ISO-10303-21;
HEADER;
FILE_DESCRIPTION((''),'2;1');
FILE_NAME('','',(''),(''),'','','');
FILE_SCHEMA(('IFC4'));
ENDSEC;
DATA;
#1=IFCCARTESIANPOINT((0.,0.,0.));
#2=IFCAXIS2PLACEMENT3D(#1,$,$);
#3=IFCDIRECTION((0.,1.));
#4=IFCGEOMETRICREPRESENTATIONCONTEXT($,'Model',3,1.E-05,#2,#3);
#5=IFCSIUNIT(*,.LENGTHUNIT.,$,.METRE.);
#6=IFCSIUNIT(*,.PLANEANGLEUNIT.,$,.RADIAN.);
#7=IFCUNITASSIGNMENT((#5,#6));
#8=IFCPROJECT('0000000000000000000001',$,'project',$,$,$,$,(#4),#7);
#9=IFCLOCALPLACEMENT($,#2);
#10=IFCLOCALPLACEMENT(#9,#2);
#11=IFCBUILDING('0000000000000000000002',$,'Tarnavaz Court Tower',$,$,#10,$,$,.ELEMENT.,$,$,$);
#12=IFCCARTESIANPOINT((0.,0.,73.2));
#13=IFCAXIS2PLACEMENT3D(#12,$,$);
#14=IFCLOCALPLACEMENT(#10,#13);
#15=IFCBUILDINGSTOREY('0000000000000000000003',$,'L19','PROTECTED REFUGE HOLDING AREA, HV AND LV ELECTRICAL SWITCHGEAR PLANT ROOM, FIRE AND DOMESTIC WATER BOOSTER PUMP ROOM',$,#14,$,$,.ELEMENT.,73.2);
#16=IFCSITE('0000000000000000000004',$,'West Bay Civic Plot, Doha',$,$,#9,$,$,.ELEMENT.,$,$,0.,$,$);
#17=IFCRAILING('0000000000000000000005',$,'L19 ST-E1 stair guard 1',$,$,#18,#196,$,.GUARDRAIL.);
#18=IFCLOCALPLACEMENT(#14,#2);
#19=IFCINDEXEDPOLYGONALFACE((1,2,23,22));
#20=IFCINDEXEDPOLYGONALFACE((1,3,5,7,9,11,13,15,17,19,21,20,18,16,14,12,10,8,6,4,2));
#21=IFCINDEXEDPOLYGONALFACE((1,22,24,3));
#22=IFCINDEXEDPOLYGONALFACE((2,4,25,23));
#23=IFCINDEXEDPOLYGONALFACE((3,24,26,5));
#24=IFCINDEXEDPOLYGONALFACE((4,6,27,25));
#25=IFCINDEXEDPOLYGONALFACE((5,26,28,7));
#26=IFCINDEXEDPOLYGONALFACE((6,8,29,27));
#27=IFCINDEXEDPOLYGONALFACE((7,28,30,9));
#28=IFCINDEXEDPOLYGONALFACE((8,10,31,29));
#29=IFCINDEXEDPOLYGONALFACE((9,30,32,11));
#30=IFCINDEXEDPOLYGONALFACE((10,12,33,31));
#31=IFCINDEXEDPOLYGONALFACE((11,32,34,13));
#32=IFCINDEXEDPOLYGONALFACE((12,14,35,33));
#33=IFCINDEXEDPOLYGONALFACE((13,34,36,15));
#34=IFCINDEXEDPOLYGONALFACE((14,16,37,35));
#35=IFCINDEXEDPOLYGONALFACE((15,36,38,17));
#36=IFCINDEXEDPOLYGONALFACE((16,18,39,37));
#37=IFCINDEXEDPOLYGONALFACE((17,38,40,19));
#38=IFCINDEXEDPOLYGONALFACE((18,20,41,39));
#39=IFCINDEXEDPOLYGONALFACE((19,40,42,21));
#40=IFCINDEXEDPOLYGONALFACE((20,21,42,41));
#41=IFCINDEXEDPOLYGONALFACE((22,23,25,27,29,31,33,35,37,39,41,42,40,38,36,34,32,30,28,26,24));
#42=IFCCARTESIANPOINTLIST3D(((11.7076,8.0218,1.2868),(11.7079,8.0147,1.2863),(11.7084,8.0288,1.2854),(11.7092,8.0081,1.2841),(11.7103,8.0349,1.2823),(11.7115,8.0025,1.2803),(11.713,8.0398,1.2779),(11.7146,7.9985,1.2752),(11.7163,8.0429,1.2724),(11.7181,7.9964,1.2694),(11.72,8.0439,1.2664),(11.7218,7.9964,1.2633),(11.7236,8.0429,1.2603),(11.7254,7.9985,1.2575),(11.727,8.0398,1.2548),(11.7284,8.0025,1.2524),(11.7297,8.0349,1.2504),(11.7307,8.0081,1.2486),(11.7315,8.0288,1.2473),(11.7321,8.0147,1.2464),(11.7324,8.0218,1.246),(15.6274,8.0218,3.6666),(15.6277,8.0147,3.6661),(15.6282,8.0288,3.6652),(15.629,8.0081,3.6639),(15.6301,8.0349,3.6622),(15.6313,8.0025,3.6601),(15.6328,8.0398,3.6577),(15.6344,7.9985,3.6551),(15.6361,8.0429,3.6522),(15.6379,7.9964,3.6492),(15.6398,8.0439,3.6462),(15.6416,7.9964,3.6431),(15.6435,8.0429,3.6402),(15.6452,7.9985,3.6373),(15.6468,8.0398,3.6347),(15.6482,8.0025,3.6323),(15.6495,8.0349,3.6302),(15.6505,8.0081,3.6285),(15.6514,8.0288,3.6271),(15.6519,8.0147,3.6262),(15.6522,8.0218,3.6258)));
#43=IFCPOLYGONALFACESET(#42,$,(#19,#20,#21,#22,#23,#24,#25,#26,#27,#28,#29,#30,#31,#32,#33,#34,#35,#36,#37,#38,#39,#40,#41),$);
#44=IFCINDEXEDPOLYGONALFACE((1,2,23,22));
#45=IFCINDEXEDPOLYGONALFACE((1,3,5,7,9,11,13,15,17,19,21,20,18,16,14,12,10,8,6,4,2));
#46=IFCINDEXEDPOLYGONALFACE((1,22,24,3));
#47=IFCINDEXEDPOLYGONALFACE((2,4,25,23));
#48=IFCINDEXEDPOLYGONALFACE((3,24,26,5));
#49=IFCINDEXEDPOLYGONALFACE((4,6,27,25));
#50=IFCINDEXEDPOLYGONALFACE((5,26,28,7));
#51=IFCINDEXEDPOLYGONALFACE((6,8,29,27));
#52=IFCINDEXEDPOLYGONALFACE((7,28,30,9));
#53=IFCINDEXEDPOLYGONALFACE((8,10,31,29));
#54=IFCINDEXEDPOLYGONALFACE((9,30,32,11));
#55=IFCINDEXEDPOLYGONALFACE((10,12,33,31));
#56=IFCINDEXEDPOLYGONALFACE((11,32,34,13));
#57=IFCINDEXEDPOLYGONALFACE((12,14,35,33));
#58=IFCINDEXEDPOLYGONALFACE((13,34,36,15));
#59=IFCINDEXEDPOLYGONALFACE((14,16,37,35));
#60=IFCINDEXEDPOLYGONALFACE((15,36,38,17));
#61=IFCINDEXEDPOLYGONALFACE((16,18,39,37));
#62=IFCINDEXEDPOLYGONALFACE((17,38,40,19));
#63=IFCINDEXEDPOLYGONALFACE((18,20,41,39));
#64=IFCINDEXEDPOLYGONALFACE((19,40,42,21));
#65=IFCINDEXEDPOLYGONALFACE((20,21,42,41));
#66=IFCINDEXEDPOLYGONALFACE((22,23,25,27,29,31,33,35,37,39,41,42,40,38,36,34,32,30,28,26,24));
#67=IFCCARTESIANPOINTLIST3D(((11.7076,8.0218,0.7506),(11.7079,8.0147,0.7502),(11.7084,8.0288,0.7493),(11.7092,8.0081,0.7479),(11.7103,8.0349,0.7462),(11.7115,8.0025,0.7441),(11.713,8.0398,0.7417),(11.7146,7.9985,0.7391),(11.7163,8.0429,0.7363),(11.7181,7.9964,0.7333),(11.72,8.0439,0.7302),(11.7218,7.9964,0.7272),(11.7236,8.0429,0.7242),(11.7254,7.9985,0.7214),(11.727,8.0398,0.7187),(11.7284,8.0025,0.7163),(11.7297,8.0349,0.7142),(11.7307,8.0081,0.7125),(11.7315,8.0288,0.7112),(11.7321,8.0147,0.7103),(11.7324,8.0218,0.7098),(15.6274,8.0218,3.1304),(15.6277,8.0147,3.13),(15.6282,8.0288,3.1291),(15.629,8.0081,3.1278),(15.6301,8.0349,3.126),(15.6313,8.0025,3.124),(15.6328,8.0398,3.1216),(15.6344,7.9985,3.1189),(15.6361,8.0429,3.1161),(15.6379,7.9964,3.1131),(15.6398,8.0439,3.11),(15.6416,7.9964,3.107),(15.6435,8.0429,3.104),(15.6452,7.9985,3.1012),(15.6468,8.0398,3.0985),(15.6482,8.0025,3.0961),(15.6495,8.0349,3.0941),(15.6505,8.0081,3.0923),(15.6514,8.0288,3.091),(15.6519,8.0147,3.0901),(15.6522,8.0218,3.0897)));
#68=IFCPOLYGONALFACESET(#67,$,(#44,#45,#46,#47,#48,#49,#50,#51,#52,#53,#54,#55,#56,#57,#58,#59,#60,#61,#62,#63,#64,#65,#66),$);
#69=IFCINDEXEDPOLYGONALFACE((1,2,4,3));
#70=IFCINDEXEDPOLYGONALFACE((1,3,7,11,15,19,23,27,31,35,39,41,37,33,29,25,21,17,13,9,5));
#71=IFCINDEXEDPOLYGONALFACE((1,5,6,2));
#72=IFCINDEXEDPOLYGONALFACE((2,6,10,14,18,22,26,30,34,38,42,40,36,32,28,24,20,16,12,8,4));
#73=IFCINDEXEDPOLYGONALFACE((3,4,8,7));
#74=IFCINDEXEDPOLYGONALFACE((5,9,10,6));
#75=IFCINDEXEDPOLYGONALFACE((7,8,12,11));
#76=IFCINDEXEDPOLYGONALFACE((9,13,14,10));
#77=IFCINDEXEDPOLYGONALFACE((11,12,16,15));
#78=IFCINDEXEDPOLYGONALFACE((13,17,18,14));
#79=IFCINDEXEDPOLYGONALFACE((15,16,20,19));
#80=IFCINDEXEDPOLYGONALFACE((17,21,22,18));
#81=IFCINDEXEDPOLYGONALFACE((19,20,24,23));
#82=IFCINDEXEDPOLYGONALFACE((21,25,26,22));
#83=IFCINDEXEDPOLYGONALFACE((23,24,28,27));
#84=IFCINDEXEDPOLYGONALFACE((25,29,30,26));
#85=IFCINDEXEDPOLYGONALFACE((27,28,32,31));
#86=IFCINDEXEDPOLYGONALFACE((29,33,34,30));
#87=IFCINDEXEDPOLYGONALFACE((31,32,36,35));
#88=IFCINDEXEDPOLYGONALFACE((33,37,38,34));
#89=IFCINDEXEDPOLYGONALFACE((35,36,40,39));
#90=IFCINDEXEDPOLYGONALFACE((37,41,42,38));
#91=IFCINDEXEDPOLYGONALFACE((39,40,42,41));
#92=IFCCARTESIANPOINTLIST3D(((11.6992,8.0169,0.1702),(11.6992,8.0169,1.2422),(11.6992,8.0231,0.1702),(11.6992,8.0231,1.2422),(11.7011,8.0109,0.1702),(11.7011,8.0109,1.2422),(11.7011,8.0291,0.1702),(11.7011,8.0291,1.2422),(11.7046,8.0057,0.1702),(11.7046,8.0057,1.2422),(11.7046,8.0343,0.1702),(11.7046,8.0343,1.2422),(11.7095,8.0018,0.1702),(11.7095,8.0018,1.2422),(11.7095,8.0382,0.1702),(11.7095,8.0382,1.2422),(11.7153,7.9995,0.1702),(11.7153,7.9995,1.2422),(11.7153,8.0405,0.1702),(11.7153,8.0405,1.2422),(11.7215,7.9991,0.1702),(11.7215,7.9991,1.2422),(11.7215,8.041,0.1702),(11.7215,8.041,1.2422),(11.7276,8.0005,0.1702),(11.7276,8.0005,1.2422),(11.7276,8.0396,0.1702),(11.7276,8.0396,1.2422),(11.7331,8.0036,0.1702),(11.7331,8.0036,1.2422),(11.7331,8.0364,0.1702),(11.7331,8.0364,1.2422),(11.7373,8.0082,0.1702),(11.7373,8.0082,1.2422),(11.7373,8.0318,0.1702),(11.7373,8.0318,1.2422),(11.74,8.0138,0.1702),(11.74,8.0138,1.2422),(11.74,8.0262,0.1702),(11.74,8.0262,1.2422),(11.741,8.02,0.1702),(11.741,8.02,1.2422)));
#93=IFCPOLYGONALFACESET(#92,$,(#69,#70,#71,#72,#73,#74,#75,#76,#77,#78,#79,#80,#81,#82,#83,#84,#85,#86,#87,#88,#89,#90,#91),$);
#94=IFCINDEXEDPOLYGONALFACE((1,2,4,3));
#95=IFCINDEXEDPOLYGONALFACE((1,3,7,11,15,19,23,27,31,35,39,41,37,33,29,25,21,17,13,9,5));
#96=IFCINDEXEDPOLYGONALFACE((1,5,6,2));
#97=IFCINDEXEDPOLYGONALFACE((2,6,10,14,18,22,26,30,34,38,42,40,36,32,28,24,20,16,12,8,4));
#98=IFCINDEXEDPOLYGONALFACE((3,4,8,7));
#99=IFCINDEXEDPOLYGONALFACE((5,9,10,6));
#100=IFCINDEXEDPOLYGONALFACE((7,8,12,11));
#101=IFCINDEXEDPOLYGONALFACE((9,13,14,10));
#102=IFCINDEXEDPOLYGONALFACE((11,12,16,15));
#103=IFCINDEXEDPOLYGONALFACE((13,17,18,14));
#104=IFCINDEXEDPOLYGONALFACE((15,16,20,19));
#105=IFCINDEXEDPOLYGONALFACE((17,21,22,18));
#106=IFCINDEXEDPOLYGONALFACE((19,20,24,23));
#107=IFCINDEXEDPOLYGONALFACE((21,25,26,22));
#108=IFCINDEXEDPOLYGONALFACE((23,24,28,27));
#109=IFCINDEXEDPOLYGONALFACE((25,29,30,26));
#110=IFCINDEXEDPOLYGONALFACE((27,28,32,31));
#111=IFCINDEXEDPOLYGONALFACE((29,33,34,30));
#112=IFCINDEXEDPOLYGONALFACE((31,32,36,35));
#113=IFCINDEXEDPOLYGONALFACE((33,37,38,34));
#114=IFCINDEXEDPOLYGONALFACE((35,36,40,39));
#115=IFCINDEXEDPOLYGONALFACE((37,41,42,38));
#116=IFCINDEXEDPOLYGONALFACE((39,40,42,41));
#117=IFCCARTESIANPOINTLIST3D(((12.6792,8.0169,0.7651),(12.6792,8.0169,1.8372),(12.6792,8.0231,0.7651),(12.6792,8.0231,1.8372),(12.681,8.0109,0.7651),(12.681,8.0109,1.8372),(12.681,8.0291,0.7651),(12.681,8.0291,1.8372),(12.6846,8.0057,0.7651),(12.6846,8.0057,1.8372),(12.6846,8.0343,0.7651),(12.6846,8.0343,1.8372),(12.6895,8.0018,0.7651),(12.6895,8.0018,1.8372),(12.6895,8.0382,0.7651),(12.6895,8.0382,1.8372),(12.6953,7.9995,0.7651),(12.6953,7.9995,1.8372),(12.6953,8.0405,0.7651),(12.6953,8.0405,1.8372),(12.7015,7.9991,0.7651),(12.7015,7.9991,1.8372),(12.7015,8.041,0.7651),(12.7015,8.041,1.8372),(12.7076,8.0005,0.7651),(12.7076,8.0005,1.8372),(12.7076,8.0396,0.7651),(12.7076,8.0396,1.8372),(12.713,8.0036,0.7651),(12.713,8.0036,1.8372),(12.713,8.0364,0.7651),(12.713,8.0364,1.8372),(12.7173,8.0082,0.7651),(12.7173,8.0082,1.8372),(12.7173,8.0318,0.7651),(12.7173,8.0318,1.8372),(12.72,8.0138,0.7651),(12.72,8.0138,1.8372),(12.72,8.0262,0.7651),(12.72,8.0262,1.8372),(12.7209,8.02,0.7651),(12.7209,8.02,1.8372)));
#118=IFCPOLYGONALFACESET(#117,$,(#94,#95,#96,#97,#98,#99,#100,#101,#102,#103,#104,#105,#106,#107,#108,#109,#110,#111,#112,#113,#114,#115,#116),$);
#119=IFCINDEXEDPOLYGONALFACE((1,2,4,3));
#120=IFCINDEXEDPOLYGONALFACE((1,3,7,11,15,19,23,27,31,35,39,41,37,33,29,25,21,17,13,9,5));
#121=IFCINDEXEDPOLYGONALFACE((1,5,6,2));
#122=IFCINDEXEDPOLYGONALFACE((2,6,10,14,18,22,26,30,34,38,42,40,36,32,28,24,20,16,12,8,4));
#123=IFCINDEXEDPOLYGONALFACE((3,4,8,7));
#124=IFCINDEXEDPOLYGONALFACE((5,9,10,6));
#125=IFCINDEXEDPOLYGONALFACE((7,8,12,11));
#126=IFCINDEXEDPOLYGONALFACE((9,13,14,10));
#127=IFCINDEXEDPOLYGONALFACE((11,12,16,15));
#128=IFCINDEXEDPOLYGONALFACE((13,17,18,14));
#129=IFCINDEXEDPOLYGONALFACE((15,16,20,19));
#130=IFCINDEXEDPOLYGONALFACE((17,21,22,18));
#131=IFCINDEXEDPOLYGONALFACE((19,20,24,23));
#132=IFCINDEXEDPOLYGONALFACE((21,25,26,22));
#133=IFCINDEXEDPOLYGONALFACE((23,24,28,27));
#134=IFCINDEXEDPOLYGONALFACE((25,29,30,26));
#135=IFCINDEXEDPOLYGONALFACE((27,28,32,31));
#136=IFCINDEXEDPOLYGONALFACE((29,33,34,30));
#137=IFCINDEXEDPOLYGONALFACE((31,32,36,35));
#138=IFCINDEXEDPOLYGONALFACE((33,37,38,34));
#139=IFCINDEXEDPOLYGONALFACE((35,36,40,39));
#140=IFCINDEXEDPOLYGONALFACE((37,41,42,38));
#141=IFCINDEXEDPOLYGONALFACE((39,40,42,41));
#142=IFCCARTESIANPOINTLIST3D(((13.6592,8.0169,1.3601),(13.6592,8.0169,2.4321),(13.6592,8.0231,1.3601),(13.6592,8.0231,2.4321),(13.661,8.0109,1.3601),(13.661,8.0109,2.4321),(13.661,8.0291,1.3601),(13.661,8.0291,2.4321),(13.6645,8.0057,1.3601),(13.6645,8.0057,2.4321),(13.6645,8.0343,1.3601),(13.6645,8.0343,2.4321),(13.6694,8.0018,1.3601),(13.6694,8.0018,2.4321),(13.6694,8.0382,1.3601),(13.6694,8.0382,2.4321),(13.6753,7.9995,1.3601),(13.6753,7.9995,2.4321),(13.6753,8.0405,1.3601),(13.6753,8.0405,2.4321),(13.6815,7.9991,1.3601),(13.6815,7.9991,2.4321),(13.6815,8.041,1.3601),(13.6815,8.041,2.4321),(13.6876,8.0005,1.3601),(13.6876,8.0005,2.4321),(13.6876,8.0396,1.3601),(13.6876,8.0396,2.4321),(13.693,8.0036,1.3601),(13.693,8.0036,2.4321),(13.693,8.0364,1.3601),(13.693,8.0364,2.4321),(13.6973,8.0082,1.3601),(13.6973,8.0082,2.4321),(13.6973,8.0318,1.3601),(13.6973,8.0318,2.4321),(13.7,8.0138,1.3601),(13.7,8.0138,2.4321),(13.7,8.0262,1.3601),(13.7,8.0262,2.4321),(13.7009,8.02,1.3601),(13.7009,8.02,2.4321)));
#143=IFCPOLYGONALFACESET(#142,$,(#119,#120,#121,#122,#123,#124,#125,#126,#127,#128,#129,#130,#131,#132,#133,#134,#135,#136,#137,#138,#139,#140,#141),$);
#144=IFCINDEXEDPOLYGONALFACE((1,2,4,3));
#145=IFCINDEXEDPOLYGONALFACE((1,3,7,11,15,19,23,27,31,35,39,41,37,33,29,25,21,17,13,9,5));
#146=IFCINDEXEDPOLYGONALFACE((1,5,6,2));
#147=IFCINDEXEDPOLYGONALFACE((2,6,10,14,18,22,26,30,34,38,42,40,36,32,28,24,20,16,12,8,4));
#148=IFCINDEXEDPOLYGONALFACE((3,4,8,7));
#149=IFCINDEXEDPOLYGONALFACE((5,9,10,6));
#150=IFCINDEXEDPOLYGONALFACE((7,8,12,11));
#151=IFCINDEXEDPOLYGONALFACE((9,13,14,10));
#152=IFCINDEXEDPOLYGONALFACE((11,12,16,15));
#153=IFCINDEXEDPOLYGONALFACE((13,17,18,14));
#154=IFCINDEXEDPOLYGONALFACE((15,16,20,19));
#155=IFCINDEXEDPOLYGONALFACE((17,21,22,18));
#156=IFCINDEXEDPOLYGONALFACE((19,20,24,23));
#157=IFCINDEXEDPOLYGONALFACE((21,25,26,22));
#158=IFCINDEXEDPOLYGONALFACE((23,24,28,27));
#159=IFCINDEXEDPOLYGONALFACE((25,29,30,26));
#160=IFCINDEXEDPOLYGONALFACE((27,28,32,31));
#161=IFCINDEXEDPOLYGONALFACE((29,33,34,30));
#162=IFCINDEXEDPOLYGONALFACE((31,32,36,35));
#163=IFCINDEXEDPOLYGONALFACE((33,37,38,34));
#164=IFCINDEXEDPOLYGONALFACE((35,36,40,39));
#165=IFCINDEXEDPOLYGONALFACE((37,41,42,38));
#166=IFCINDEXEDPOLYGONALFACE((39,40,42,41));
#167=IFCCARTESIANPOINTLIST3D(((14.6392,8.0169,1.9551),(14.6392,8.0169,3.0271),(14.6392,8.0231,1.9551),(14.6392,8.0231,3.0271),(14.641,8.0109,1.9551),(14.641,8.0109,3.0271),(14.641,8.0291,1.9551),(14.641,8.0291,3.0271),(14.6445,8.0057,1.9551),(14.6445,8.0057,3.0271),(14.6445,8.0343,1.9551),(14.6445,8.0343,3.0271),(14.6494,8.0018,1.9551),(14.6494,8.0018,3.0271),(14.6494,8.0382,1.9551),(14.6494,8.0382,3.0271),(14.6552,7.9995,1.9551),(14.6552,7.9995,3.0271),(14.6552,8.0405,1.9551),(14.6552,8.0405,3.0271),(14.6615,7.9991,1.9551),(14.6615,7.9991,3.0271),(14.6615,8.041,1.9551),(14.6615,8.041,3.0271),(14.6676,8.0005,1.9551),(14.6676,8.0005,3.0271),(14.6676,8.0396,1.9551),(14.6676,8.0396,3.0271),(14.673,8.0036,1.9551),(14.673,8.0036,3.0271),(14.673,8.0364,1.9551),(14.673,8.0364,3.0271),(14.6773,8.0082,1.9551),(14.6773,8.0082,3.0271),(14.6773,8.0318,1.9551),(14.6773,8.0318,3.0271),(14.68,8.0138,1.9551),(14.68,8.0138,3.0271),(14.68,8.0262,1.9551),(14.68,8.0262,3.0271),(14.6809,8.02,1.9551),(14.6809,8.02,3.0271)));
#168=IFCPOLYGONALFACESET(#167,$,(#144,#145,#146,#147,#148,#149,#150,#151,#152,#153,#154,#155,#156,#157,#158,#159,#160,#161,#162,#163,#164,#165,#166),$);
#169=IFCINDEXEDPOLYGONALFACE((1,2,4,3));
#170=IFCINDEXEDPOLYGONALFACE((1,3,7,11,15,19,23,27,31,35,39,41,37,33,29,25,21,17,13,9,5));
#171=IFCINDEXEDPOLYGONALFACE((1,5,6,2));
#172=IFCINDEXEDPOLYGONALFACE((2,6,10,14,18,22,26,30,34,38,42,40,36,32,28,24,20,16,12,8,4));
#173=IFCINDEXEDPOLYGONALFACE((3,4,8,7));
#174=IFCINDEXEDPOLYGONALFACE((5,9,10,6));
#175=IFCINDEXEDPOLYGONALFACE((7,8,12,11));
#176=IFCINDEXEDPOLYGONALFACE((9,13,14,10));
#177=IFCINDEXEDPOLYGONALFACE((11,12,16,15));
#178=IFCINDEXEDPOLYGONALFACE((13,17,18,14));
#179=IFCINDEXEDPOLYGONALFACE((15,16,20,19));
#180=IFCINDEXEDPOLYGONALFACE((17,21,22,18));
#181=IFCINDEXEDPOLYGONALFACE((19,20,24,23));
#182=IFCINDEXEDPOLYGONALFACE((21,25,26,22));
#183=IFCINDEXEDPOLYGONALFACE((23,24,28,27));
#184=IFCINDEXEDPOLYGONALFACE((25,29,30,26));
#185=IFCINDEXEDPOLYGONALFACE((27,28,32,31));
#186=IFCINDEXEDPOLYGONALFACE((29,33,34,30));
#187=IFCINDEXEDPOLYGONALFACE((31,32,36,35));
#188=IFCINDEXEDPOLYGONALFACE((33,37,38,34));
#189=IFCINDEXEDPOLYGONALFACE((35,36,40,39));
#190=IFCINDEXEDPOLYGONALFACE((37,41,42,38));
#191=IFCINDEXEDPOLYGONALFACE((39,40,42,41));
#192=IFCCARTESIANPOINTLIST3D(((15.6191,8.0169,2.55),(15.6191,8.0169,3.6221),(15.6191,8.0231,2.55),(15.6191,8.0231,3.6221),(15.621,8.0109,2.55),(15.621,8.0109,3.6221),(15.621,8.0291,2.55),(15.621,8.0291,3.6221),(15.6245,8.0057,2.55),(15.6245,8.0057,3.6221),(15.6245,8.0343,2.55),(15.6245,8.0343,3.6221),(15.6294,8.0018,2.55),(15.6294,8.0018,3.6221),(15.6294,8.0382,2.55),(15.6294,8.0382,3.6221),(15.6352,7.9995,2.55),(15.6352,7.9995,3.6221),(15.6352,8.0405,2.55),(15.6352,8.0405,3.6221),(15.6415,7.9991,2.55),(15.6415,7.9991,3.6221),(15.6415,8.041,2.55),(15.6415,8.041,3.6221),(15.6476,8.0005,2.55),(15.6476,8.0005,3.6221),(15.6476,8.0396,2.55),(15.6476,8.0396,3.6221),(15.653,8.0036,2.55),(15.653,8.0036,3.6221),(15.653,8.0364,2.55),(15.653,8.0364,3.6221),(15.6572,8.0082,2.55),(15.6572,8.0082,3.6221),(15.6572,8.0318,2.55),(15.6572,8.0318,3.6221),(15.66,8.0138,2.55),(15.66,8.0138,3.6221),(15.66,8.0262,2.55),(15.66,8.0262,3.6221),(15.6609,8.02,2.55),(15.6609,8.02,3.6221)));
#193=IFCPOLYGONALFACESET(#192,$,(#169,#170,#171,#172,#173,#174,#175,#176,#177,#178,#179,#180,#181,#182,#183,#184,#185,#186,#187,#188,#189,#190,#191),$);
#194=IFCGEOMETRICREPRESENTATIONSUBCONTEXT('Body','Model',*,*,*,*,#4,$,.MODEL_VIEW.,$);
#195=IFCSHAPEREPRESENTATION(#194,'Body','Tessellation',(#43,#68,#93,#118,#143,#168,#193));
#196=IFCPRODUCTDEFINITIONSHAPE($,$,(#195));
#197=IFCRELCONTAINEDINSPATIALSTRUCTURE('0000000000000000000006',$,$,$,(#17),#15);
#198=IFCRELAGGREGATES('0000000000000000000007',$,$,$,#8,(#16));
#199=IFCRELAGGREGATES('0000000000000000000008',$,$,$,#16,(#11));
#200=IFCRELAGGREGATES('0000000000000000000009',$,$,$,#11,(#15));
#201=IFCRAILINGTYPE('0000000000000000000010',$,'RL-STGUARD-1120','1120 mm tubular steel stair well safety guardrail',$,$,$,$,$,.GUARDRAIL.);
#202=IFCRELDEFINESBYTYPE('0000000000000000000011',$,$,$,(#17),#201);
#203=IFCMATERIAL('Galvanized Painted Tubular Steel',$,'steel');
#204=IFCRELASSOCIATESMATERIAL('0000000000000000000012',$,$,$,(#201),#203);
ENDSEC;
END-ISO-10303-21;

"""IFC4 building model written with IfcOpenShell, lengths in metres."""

from ifc_helpers import new_model, si_unit, direction, frame, origin, origin_2d, place, context, subcontext, project, spatial, circle, extrude, material, type_object, element, save


model = new_model("IFC4")

# Units and contexts
model_context = context("Model", 3, precision=1e-05, world=origin(), true_north=direction((0.0, 1.0)))
body_context = subcontext(model_context, "Body", "Model", "MODEL_VIEW")
ifc_project = project(units=[si_unit("LENGTHUNIT", "METRE"), si_unit("PLANEANGLEUNIT", "RADIAN")], contexts=[model_context])

# Site, building, storey
site_placement = place(None, origin())
site = spatial("IfcSite", under=ifc_project, at=site_placement, Name="West Bay Civic Plot, Doha", CompositionType="ELEMENT", RefElevation=0.0)
building_placement = place(site_placement, origin())
building = spatial("IfcBuilding", under=site, at=building_placement, Name="Tarnavaz Court Tower", CompositionType="ELEMENT")
storey_placement = place(building_placement, frame((0.0, 0.0, 73.2)))
storey = spatial("IfcBuildingStorey", under=building, at=storey_placement, Name="L19", Description="PROTECTED REFUGE HOLDING AREA, HV AND LV ELECTRICAL SWITCHGEAR PLANT ROOM, FIRE AND DOMESTIC WATER BOOSTER PUMP ROOM", CompositionType="ELEMENT", Elevation=73.2)

# Railing
ifc_material_1 = material(Name="Galvanized Painted Tubular Steel", Category="steel")
railing_type_1 = type_object("IfcRailingType", Name="RL-STGUARD-1120", Description="1120 mm tubular steel stair well safety guardrail", PredefinedType="GUARDRAIL", material=ifc_material_1)
railing_1_placement = place(storey_placement, frame((11.72, 8.02, 0.1702)))
element("IfcRailing", 1, at=railing_1_placement, inside=storey, type_object=railing_type_1, Name="L19 ST-E1 stair guard 1", PredefinedType="GUARDRAIL", context=body_context, shape_type="SweptSolid", body=[
    extrude(circle(Radius=0.0239, at=origin_2d()), frame((0.0, 0.0, 1.0962), z_axis=(0.854794, 0.0, 0.518967), x_axis=(0.0, 1.0, 0.0)), (0.0, 0.0, 1.0), 4.5857),
    extrude(circle(Radius=0.0239, at=origin_2d()), frame((0.0, 0.0, 0.5601), z_axis=(0.854794, 0.0, 0.518967), x_axis=(0.0, 1.0, 0.0)), (0.0, 0.0, 1.0), 4.5857),
    extrude(circle(Radius=0.021, at=origin_2d()), origin(), (0.0, 0.0, 1.0), 1.072),
    extrude(circle(Radius=0.021, at=origin_2d()), frame((0.98, 0.0, 0.595)), (0.0, 0.0, 1.0), 1.072),
    extrude(circle(Radius=0.021, at=origin_2d()), frame((1.96, 0.0, 1.1899)), (0.0, 0.0, 1.0), 1.072),
    extrude(circle(Radius=0.021, at=origin_2d()), frame((2.9399, 0.0, 1.7849)), (0.0, 0.0, 1.0), 1.072),
    extrude(circle(Radius=0.021, at=origin_2d()), frame((3.9199, 0.0, 2.3799)), (0.0, 0.0, 1.0), 1.072),
])

save(model, "model.ifc")
